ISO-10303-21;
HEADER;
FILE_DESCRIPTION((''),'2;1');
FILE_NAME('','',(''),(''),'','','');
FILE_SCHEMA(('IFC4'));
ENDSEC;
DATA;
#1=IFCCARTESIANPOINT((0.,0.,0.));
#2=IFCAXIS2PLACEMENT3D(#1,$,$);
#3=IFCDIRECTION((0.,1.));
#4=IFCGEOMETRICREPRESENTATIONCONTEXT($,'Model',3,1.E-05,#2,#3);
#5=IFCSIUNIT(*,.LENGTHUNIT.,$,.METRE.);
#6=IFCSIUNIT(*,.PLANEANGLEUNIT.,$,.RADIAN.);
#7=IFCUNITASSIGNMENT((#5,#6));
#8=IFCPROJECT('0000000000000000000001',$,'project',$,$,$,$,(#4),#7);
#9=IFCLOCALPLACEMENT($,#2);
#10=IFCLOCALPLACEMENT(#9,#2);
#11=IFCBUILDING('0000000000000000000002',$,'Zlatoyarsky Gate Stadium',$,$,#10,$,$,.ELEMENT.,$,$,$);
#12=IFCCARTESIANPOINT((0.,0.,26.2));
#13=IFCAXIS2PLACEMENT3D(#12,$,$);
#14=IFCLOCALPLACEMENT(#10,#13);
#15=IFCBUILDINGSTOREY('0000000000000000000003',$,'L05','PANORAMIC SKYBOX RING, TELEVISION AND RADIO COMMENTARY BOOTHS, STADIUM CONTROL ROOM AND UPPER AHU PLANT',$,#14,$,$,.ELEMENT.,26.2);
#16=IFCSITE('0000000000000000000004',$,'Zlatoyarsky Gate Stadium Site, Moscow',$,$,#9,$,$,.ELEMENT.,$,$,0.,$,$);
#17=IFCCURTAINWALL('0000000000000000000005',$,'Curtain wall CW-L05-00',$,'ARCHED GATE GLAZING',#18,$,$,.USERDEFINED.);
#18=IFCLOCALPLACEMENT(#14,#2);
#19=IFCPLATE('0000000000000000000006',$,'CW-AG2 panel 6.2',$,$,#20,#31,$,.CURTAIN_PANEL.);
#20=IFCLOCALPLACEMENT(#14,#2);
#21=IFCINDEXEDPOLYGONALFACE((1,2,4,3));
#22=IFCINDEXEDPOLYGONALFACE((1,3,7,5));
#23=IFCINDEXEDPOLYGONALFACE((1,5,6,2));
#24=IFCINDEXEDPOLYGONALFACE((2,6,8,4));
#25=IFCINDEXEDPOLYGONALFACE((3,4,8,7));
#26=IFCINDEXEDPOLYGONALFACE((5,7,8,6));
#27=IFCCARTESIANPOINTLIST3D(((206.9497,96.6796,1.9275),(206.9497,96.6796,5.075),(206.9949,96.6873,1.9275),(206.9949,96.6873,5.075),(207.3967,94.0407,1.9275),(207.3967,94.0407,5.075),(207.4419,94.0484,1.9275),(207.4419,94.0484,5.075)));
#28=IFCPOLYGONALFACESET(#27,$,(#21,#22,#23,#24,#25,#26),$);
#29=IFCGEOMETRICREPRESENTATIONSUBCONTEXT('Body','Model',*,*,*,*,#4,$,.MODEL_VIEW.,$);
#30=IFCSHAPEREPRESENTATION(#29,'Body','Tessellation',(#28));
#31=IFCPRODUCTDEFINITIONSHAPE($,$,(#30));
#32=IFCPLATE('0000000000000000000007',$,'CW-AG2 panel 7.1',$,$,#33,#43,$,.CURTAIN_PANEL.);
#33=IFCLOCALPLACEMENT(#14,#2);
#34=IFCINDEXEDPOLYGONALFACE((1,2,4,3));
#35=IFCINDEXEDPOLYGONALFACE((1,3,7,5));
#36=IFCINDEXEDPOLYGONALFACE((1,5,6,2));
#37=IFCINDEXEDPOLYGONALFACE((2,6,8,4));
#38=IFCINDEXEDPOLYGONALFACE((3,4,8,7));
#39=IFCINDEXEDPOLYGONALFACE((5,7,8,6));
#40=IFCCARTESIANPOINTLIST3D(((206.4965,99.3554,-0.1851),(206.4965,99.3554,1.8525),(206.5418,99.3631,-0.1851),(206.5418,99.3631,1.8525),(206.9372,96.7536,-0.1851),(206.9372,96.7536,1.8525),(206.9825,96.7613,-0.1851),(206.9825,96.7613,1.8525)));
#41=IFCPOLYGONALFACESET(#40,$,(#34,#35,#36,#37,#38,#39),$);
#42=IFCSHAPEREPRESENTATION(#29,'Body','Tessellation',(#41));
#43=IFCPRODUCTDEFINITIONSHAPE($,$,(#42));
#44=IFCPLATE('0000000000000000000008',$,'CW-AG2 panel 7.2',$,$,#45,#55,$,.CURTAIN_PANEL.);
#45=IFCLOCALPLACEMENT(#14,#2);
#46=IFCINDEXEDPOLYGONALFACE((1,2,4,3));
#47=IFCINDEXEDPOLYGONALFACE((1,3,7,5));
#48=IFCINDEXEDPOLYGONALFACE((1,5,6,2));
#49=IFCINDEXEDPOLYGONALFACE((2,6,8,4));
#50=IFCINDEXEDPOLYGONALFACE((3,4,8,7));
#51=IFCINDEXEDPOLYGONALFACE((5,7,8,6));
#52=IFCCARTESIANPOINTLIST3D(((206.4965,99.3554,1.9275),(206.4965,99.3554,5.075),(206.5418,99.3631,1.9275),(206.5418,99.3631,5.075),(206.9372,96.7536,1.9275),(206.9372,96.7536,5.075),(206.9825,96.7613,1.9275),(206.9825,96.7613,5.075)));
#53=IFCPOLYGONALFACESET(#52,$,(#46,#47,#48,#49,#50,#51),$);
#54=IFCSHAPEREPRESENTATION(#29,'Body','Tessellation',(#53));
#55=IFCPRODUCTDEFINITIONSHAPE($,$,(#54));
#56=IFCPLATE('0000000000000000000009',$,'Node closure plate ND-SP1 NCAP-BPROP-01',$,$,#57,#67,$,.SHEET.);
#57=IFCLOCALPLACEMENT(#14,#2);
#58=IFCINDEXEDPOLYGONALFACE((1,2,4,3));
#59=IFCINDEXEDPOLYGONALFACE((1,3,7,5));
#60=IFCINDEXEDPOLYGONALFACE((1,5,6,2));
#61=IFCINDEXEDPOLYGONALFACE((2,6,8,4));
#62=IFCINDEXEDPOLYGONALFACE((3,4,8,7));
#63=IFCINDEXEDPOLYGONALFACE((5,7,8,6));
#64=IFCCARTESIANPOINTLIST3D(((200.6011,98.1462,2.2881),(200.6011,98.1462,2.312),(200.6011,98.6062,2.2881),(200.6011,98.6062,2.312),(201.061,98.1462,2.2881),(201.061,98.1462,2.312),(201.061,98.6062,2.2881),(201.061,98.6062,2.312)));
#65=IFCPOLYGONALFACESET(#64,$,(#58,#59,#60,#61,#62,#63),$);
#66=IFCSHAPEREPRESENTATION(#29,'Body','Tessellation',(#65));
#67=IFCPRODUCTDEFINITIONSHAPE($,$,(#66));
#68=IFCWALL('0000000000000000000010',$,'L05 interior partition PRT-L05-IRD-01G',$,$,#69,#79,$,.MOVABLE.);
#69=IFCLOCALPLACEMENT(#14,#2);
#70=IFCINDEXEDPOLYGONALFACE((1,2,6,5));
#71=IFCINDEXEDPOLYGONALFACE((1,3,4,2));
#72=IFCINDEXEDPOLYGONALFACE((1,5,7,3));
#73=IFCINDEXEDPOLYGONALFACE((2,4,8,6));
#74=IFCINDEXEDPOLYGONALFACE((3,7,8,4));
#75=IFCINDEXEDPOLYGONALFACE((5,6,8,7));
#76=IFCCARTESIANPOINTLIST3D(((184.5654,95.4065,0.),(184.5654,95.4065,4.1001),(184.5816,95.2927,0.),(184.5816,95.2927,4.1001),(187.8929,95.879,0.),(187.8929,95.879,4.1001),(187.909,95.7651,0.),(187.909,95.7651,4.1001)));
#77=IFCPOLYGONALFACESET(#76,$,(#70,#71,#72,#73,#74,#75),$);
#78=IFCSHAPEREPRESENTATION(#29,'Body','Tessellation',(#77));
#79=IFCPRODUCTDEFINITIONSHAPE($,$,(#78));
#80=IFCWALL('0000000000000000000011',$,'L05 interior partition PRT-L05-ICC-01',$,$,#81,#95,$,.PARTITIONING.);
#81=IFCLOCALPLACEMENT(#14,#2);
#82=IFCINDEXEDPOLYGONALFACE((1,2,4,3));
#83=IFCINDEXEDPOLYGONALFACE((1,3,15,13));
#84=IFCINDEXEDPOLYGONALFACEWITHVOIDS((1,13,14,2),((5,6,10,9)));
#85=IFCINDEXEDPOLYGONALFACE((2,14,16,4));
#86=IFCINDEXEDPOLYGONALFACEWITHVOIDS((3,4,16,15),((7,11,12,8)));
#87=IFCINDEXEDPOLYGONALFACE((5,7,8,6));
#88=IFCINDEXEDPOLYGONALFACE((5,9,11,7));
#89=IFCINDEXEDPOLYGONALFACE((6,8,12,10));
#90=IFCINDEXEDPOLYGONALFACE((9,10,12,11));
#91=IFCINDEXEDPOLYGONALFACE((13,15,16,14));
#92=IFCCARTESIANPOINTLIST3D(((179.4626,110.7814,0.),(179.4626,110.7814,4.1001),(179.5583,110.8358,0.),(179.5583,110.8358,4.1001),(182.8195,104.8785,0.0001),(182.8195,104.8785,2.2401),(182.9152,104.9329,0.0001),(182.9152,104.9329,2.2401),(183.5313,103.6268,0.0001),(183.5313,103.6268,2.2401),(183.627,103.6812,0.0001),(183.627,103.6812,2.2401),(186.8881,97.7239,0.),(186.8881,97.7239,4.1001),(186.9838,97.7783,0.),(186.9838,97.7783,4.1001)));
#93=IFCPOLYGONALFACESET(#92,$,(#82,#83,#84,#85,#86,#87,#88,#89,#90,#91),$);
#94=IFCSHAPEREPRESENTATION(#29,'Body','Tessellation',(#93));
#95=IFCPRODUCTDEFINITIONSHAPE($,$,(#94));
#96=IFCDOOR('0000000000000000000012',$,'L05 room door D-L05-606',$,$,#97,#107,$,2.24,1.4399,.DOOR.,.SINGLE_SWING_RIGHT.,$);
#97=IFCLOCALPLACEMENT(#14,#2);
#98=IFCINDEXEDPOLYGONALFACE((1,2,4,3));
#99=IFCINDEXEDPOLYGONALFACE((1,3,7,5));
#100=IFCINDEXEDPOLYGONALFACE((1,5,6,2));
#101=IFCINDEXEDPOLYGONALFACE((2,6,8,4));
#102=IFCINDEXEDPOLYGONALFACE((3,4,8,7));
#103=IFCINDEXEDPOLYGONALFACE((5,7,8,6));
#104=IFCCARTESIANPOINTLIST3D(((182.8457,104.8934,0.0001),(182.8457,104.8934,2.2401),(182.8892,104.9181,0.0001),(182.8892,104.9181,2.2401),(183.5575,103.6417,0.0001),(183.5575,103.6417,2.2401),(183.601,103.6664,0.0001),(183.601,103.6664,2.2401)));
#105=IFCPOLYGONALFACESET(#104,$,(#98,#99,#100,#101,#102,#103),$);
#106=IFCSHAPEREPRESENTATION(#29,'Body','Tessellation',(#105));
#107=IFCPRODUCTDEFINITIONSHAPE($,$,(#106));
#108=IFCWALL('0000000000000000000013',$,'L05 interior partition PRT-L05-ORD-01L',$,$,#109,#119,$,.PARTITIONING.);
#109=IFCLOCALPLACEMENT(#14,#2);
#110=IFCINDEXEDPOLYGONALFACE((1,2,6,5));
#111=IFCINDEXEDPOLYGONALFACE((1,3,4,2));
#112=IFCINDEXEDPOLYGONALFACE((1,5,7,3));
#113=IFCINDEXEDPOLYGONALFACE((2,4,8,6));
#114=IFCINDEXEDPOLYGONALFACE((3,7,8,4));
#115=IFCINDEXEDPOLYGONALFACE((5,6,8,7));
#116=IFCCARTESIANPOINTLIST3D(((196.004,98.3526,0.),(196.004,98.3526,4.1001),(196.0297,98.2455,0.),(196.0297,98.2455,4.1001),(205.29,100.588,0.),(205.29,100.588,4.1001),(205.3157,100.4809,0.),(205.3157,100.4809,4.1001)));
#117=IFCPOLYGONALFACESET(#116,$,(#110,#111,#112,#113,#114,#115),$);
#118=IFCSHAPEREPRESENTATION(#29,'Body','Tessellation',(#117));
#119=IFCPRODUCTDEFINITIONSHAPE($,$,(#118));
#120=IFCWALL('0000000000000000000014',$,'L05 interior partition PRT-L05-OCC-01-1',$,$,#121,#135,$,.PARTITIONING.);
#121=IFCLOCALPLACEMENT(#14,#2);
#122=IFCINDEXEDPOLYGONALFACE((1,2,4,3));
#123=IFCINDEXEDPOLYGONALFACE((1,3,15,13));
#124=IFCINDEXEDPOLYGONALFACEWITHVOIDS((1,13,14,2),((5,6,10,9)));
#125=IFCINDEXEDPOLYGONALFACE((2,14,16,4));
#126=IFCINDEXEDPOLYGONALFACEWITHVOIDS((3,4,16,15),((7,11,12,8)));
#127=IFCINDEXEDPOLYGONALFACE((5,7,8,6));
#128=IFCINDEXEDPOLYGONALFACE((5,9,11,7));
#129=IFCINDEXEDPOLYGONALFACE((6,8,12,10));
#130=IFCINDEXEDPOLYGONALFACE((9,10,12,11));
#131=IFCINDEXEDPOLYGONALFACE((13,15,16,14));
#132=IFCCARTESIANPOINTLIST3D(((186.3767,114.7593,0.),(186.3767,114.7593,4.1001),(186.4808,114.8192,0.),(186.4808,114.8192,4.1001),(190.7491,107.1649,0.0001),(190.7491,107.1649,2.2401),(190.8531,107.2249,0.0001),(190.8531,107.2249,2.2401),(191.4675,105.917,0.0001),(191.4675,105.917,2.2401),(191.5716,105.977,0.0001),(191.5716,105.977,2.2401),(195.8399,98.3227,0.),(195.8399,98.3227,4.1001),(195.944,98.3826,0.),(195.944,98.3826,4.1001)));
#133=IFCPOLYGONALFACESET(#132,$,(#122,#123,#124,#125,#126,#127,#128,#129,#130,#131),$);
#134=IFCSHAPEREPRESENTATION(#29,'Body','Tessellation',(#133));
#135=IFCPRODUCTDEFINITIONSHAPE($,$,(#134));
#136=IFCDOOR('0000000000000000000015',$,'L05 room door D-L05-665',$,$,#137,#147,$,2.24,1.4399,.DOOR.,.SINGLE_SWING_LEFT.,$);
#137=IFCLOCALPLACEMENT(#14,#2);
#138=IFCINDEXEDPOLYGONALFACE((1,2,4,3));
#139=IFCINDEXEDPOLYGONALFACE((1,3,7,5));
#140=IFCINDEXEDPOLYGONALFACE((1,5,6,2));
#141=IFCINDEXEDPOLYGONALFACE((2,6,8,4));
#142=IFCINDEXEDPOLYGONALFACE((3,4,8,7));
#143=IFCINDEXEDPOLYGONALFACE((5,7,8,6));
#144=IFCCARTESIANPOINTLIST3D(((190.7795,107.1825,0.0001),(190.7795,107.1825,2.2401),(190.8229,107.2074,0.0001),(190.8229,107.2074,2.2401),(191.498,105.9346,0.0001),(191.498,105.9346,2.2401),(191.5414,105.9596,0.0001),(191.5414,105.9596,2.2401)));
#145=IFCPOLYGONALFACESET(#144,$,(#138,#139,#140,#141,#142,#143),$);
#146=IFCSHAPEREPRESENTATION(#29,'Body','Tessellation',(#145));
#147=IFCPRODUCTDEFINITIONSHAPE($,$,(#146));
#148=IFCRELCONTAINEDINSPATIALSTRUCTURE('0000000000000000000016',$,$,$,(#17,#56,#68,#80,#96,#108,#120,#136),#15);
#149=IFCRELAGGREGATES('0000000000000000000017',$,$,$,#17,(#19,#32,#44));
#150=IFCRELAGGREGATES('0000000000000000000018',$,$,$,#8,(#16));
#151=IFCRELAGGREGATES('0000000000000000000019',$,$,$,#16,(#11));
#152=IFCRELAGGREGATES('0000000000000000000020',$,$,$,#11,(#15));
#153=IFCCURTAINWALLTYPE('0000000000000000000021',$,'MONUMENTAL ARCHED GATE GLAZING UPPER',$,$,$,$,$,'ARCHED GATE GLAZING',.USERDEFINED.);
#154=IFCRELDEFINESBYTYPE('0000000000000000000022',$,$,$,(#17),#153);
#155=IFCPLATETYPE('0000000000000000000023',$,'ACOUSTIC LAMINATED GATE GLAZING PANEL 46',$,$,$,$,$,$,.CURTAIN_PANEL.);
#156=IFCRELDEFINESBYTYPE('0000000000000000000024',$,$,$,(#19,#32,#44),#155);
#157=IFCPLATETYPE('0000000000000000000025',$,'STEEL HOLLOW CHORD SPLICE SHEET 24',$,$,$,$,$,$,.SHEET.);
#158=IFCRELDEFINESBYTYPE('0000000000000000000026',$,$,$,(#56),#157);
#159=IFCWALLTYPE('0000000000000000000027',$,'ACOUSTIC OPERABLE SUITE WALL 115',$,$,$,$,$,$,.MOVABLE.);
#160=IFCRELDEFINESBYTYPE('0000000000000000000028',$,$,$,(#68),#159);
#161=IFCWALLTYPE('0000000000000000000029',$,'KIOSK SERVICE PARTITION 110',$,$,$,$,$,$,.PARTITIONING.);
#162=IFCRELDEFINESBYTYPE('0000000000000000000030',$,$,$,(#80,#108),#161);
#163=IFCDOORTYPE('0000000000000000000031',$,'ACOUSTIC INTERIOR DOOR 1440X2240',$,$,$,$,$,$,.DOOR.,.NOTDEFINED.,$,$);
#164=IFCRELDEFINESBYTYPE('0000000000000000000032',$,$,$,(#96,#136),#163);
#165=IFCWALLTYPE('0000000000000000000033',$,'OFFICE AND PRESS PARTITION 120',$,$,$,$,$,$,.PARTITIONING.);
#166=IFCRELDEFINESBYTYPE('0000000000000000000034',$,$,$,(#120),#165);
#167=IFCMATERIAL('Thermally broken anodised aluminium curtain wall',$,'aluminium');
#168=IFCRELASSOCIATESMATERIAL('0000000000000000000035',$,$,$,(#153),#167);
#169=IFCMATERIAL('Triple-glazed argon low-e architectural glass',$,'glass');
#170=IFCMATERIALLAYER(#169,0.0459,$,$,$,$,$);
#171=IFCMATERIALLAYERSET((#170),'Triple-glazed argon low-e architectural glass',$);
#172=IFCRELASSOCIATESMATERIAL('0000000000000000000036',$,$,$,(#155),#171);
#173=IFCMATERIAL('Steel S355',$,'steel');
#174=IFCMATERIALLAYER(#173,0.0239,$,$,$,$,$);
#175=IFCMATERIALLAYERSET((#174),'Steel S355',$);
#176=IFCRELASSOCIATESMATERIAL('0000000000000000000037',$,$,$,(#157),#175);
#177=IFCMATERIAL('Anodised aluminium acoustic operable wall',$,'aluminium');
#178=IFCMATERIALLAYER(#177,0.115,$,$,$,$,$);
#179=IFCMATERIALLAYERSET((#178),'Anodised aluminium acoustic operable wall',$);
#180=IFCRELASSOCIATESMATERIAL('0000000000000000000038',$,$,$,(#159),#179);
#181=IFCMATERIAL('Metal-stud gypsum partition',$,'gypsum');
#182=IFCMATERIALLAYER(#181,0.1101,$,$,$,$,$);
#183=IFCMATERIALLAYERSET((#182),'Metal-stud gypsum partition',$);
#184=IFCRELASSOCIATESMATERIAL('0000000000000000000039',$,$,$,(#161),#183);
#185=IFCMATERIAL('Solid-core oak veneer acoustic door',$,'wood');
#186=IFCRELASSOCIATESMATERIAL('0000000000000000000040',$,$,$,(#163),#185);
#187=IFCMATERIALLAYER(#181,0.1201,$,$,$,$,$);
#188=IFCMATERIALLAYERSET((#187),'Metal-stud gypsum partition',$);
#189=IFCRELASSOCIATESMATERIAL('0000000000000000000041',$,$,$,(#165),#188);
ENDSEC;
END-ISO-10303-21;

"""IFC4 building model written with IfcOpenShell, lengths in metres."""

from ifc_helpers import new_model, si_unit, direction, frame, frame_2d, origin, origin_2d, place, context, subcontext, project, spatial, rectangle, extrude, material, layer, layer_set, type_object, element, fill, aggregate, save


model = new_model("IFC4")

# Units and contexts
model_context = context("Model", 3, precision=1e-05, world=origin(), true_north=direction((0.0, 1.0)))
body_context = subcontext(model_context, "Body", "Model", "MODEL_VIEW")
ifc_project = project(units=[si_unit("LENGTHUNIT", "METRE"), si_unit("PLANEANGLEUNIT", "RADIAN")], contexts=[model_context])

# Site, building, storey
site_placement = place(None, origin())
site = spatial("IfcSite", under=ifc_project, at=site_placement, Name="Zlatoyarsky Gate Stadium Site, Moscow", CompositionType="ELEMENT", RefElevation=0.0)
building_placement = place(site_placement, origin())
building = spatial("IfcBuilding", under=site, at=building_placement, Name="Zlatoyarsky Gate Stadium", CompositionType="ELEMENT")
storey_placement = place(building_placement, frame((0.0, 0.0, 26.2)))
storey = spatial("IfcBuildingStorey", under=building, at=storey_placement, Name="L05", Description="PANORAMIC SKYBOX RING, TELEVISION AND RADIO COMMENTARY BOOTHS, STADIUM CONTROL ROOM AND UPPER AHU PLANT", CompositionType="ELEMENT", Elevation=26.2)

# Shared definitions
ifc_material_1 = material(Name="Steel S355", Category="steel")

# Curtain wall
ifc_material_2 = material(Name="Thermally broken anodised aluminium curtain wall", Category="aluminium")
curtain_wall_type = type_object("IfcCurtainWallType", Name="MONUMENTAL ARCHED GATE GLAZING UPPER", ElementType="ARCHED GATE GLAZING", PredefinedType="USERDEFINED", material=ifc_material_2)
curtain_wall_placement = place(storey_placement, origin())
curtain_wall = element("IfcCurtainWall", 1, at=curtain_wall_placement, inside=storey, type_object=curtain_wall_type, Name="Curtain wall CW-L05-00", ObjectType="ARCHED GATE GLAZING", PredefinedType="USERDEFINED")

# Plates
ifc_material_3 = material(Name="Triple-glazed argon low-e architectural glass", Category="glass")
ifc_layer_1 = layer(ifc_material_3, 0.0459)
ifc_layer_set_1 = layer_set([ifc_layer_1], Name="Triple-glazed argon low-e architectural glass")
plate_type_1 = type_object("IfcPlateType", Name="ACOUSTIC LAMINATED GATE GLAZING PANEL 46", PredefinedType="CURTAIN_PANEL", material=ifc_layer_set_1)
plate_1_placement = place(storey_placement, frame((207.1958, 95.364, 1.9275), z_axis=(0.0, 0.0, 1.0), x_axis=(-0.166995, 0.985958, 0.0)))
plate_1 = element("IfcPlate", 2, at=plate_1_placement, type_object=plate_type_1, Name="CW-AG2 panel 6.2", PredefinedType="CURTAIN_PANEL", context=body_context, shape_type="SweptSolid", body=[
    extrude(rectangle(XDim=2.6765, YDim=0.0459, at=origin_2d()), origin(), (0.0, 0.0, 1.0), 3.1475),
])
plate_2_placement = place(storey_placement, frame((206.7395, 98.0583, -0.1851), z_axis=(0.0, 0.0, 1.0), x_axis=(-0.166995, 0.985958, 0.0)))
plate_2 = element("IfcPlate", 3, at=plate_2_placement, type_object=plate_type_1, Name="CW-AG2 panel 7.1", PredefinedType="CURTAIN_PANEL", context=body_context, shape_type="SweptSolid", body=[
    extrude(rectangle(XDim=2.6389, YDim=0.0459, at=origin_2d()), origin(), (0.0, 0.0, 1.0), 2.0376),
])
plate_3_placement = place(storey_placement, frame((206.7395, 98.0583, 1.9275), z_axis=(0.0, 0.0, 1.0), x_axis=(-0.166995, 0.985958, 0.0)))
plate_3 = element("IfcPlate", 4, at=plate_3_placement, type_object=plate_type_1, Name="CW-AG2 panel 7.2", PredefinedType="CURTAIN_PANEL", context=body_context, shape_type="SweptSolid", body=[
    extrude(rectangle(XDim=2.6389, YDim=0.0459, at=origin_2d()), origin(), (0.0, 0.0, 1.0), 3.1475),
])
aggregate(curtain_wall, [plate_1, plate_2, plate_3])
ifc_layer_2 = layer(ifc_material_1, 0.0239)
ifc_layer_set_2 = layer_set([ifc_layer_2], Name="Steel S355")
plate_type_2 = type_object("IfcPlateType", Name="STEEL HOLLOW CHORD SPLICE SHEET 24", PredefinedType="SHEET", material=ifc_layer_set_2)
plate_4_placement = place(storey_placement, frame((200.8311, 98.3762, 2.2881), z_axis=(0.0, 0.0, 1.0), x_axis=(1.0, 0.0, 0.0)))
element("IfcPlate", 5, at=plate_4_placement, inside=storey, type_object=plate_type_2, Name="Node closure plate ND-SP1 NCAP-BPROP-01", PredefinedType="SHEET", context=body_context, shape_type="SweptSolid", body=[
    extrude(rectangle(XDim=0.46, YDim=0.46, at=origin_2d()), origin(), (0.0, 0.0, 1.0), 0.0239),
])

# Wall
ifc_material_4 = material(Name="Anodised aluminium acoustic operable wall", Category="aluminium")
ifc_layer_3 = layer(ifc_material_4, 0.115)
ifc_layer_set_3 = layer_set([ifc_layer_3], Name="Anodised aluminium acoustic operable wall")
wall_type_1 = type_object("IfcWallType", Name="ACOUSTIC OPERABLE SUITE WALL 115", PredefinedType="MOVABLE", material=ifc_layer_set_3)
wall_1_placement = place(storey_placement, frame((184.5735, 95.3496, 0.0), z_axis=(0.0, 0.0, 1.0), x_axis=(0.990071, 0.140567, 0.0)))
element("IfcWall", 6, at=wall_1_placement, inside=storey, type_object=wall_type_1, Name="L05 interior partition PRT-L05-IRD-01G", PredefinedType="MOVABLE", context=body_context, shape_type="SweptSolid", body=[
    extrude(rectangle(XDim=3.3608, YDim=0.115, at=frame_2d((1.6804, 0.0))), origin(), (0.0, 0.0, 1.0), 4.1001),
])

# Wall, opening, door
ifc_material_5 = material(Name="Metal-stud gypsum partition", Category="gypsum")
ifc_layer_4 = layer(ifc_material_5, 0.1101)
ifc_layer_set_4 = layer_set([ifc_layer_4], Name="Metal-stud gypsum partition")
wall_type_2 = type_object("IfcWallType", Name="KIOSK SERVICE PARTITION 110", PredefinedType="PARTITIONING", material=ifc_layer_set_4)
wall_2_placement = place(storey_placement, frame((186.936, 97.751, 0.0), z_axis=(0.0, 0.0, 1.0), x_axis=(-0.494333, 0.869272, 0.0)))
wall_2 = element("IfcWall", 7, at=wall_2_placement, inside=storey, type_object=wall_type_2, Name="L05 interior partition PRT-L05-ICC-01", PredefinedType="PARTITIONING", context=body_context, shape_type="SweptSolid", body=[
    extrude(rectangle(XDim=15.0212, YDim=0.1101, at=frame_2d((7.5107, 0.0))), origin(), (0.0, 0.0, 1.0), 4.1001),
])
opening_1_placement = place(wall_2_placement, frame((6.7908, 0.0, 0.0)))
opening_1 = element("IfcOpeningElement", 8, at=opening_1_placement, cuts=wall_2, PredefinedType="OPENING", context=body_context, shape_type="SweptSolid", body=[
    extrude(rectangle(XDim=1.4399, YDim=2.24, at=frame_2d((0.72, 1.1201))), frame((0.0, 0.0649, 0.0), z_axis=(0.0, -1.0, 0.0), x_axis=(1.0, 0.0, 0.0)), (0.0, 0.0, 1.0), 0.1301),
])
ifc_material_6 = material(Name="Solid-core oak veneer acoustic door", Category="wood")
door_type = type_object("IfcDoorType", Name="ACOUSTIC INTERIOR DOOR 1440X2240", OperationType="NOTDEFINED", PredefinedType="DOOR", material=ifc_material_6)
door_1_placement = place(opening_1_placement, origin())
door_1 = element("IfcDoor", 9, at=door_1_placement, inside=storey, type_object=door_type, Name="L05 room door D-L05-606", OperationType="SINGLE_SWING_RIGHT", OverallHeight=2.24, OverallWidth=1.4399, PredefinedType="DOOR", context=body_context, shape_type="SweptSolid", body=[
    extrude(rectangle(XDim=1.4399, YDim=2.24, at=frame_2d((0.72, 1.1201))), frame((0.0, 0.0249, 0.0), z_axis=(0.0, -1.0, 0.0), x_axis=(1.0, 0.0, 0.0)), (0.0, 0.0, 1.0), 0.05),
])
fill(opening_1, door_1)

# Wall
wall_3_placement = place(storey_placement, frame((196.0168, 98.2991, 0.0), z_axis=(0.0, 0.0, 1.0), x_axis=(0.972227, 0.23404, 0.0)))
element("IfcWall", 10, at=wall_3_placement, inside=storey, type_object=wall_type_2, Name="L05 interior partition PRT-L05-ORD-01L", PredefinedType="PARTITIONING", context=body_context, shape_type="SweptSolid", body=[
    extrude(rectangle(XDim=9.5513, YDim=0.1101, at=frame_2d((4.7756, 0.0))), origin(), (0.0, 0.0, 1.0), 4.1001),
])

# Wall, opening, door
ifc_layer_5 = layer(ifc_material_5, 0.1201)
ifc_layer_set_5 = layer_set([ifc_layer_5], Name="Metal-stud gypsum partition")
wall_type_3 = type_object("IfcWallType", Name="OFFICE AND PRESS PARTITION 120", PredefinedType="PARTITIONING", material=ifc_layer_set_5)
wall_4_placement = place(storey_placement, frame((195.8918, 98.3528, 0.0), z_axis=(0.0, 0.0, 1.0), x_axis=(-0.498952, 0.86663, 0.0)))
wall_4 = element("IfcWall", 11, at=wall_4_placement, inside=storey, type_object=wall_type_3, Name="L05 interior partition PRT-L05-OCC-01-1", PredefinedType="PARTITIONING", context=body_context, shape_type="SweptSolid", body=[
    extrude(rectangle(XDim=18.9661, YDim=0.1201, at=frame_2d((9.4829, 0.0))), origin(), (0.0, 0.0, 1.0), 4.1001),
])
opening_2_placement = place(wall_4_placement, frame((8.7629, 0.0, 0.0)))
opening_2 = element("IfcOpeningElement", 12, at=opening_2_placement, cuts=wall_4, PredefinedType="OPENING", context=body_context, shape_type="SweptSolid", body=[
    extrude(rectangle(XDim=1.4399, YDim=2.24, at=frame_2d((0.72, 1.1201))), frame((0.0, 0.0701, 0.0), z_axis=(0.0, -1.0, 0.0), x_axis=(1.0, 0.0, 0.0)), (0.0, 0.0, 1.0), 0.1401),
])
door_2_placement = place(opening_2_placement, origin())
door_2 = element("IfcDoor", 13, at=door_2_placement, inside=storey, type_object=door_type, Name="L05 room door D-L05-665", OperationType="SINGLE_SWING_LEFT", OverallHeight=2.24, OverallWidth=1.4399, PredefinedType="DOOR", context=body_context, shape_type="SweptSolid", body=[
    extrude(rectangle(XDim=1.4399, YDim=2.24, at=frame_2d((0.72, 1.1201))), frame((0.0, 0.0249, 0.0), z_axis=(0.0, -1.0, 0.0), x_axis=(1.0, 0.0, 0.0)), (0.0, 0.0, 1.0), 0.05),
])
fill(opening_2, door_2)

save(model, "model.ifc")
